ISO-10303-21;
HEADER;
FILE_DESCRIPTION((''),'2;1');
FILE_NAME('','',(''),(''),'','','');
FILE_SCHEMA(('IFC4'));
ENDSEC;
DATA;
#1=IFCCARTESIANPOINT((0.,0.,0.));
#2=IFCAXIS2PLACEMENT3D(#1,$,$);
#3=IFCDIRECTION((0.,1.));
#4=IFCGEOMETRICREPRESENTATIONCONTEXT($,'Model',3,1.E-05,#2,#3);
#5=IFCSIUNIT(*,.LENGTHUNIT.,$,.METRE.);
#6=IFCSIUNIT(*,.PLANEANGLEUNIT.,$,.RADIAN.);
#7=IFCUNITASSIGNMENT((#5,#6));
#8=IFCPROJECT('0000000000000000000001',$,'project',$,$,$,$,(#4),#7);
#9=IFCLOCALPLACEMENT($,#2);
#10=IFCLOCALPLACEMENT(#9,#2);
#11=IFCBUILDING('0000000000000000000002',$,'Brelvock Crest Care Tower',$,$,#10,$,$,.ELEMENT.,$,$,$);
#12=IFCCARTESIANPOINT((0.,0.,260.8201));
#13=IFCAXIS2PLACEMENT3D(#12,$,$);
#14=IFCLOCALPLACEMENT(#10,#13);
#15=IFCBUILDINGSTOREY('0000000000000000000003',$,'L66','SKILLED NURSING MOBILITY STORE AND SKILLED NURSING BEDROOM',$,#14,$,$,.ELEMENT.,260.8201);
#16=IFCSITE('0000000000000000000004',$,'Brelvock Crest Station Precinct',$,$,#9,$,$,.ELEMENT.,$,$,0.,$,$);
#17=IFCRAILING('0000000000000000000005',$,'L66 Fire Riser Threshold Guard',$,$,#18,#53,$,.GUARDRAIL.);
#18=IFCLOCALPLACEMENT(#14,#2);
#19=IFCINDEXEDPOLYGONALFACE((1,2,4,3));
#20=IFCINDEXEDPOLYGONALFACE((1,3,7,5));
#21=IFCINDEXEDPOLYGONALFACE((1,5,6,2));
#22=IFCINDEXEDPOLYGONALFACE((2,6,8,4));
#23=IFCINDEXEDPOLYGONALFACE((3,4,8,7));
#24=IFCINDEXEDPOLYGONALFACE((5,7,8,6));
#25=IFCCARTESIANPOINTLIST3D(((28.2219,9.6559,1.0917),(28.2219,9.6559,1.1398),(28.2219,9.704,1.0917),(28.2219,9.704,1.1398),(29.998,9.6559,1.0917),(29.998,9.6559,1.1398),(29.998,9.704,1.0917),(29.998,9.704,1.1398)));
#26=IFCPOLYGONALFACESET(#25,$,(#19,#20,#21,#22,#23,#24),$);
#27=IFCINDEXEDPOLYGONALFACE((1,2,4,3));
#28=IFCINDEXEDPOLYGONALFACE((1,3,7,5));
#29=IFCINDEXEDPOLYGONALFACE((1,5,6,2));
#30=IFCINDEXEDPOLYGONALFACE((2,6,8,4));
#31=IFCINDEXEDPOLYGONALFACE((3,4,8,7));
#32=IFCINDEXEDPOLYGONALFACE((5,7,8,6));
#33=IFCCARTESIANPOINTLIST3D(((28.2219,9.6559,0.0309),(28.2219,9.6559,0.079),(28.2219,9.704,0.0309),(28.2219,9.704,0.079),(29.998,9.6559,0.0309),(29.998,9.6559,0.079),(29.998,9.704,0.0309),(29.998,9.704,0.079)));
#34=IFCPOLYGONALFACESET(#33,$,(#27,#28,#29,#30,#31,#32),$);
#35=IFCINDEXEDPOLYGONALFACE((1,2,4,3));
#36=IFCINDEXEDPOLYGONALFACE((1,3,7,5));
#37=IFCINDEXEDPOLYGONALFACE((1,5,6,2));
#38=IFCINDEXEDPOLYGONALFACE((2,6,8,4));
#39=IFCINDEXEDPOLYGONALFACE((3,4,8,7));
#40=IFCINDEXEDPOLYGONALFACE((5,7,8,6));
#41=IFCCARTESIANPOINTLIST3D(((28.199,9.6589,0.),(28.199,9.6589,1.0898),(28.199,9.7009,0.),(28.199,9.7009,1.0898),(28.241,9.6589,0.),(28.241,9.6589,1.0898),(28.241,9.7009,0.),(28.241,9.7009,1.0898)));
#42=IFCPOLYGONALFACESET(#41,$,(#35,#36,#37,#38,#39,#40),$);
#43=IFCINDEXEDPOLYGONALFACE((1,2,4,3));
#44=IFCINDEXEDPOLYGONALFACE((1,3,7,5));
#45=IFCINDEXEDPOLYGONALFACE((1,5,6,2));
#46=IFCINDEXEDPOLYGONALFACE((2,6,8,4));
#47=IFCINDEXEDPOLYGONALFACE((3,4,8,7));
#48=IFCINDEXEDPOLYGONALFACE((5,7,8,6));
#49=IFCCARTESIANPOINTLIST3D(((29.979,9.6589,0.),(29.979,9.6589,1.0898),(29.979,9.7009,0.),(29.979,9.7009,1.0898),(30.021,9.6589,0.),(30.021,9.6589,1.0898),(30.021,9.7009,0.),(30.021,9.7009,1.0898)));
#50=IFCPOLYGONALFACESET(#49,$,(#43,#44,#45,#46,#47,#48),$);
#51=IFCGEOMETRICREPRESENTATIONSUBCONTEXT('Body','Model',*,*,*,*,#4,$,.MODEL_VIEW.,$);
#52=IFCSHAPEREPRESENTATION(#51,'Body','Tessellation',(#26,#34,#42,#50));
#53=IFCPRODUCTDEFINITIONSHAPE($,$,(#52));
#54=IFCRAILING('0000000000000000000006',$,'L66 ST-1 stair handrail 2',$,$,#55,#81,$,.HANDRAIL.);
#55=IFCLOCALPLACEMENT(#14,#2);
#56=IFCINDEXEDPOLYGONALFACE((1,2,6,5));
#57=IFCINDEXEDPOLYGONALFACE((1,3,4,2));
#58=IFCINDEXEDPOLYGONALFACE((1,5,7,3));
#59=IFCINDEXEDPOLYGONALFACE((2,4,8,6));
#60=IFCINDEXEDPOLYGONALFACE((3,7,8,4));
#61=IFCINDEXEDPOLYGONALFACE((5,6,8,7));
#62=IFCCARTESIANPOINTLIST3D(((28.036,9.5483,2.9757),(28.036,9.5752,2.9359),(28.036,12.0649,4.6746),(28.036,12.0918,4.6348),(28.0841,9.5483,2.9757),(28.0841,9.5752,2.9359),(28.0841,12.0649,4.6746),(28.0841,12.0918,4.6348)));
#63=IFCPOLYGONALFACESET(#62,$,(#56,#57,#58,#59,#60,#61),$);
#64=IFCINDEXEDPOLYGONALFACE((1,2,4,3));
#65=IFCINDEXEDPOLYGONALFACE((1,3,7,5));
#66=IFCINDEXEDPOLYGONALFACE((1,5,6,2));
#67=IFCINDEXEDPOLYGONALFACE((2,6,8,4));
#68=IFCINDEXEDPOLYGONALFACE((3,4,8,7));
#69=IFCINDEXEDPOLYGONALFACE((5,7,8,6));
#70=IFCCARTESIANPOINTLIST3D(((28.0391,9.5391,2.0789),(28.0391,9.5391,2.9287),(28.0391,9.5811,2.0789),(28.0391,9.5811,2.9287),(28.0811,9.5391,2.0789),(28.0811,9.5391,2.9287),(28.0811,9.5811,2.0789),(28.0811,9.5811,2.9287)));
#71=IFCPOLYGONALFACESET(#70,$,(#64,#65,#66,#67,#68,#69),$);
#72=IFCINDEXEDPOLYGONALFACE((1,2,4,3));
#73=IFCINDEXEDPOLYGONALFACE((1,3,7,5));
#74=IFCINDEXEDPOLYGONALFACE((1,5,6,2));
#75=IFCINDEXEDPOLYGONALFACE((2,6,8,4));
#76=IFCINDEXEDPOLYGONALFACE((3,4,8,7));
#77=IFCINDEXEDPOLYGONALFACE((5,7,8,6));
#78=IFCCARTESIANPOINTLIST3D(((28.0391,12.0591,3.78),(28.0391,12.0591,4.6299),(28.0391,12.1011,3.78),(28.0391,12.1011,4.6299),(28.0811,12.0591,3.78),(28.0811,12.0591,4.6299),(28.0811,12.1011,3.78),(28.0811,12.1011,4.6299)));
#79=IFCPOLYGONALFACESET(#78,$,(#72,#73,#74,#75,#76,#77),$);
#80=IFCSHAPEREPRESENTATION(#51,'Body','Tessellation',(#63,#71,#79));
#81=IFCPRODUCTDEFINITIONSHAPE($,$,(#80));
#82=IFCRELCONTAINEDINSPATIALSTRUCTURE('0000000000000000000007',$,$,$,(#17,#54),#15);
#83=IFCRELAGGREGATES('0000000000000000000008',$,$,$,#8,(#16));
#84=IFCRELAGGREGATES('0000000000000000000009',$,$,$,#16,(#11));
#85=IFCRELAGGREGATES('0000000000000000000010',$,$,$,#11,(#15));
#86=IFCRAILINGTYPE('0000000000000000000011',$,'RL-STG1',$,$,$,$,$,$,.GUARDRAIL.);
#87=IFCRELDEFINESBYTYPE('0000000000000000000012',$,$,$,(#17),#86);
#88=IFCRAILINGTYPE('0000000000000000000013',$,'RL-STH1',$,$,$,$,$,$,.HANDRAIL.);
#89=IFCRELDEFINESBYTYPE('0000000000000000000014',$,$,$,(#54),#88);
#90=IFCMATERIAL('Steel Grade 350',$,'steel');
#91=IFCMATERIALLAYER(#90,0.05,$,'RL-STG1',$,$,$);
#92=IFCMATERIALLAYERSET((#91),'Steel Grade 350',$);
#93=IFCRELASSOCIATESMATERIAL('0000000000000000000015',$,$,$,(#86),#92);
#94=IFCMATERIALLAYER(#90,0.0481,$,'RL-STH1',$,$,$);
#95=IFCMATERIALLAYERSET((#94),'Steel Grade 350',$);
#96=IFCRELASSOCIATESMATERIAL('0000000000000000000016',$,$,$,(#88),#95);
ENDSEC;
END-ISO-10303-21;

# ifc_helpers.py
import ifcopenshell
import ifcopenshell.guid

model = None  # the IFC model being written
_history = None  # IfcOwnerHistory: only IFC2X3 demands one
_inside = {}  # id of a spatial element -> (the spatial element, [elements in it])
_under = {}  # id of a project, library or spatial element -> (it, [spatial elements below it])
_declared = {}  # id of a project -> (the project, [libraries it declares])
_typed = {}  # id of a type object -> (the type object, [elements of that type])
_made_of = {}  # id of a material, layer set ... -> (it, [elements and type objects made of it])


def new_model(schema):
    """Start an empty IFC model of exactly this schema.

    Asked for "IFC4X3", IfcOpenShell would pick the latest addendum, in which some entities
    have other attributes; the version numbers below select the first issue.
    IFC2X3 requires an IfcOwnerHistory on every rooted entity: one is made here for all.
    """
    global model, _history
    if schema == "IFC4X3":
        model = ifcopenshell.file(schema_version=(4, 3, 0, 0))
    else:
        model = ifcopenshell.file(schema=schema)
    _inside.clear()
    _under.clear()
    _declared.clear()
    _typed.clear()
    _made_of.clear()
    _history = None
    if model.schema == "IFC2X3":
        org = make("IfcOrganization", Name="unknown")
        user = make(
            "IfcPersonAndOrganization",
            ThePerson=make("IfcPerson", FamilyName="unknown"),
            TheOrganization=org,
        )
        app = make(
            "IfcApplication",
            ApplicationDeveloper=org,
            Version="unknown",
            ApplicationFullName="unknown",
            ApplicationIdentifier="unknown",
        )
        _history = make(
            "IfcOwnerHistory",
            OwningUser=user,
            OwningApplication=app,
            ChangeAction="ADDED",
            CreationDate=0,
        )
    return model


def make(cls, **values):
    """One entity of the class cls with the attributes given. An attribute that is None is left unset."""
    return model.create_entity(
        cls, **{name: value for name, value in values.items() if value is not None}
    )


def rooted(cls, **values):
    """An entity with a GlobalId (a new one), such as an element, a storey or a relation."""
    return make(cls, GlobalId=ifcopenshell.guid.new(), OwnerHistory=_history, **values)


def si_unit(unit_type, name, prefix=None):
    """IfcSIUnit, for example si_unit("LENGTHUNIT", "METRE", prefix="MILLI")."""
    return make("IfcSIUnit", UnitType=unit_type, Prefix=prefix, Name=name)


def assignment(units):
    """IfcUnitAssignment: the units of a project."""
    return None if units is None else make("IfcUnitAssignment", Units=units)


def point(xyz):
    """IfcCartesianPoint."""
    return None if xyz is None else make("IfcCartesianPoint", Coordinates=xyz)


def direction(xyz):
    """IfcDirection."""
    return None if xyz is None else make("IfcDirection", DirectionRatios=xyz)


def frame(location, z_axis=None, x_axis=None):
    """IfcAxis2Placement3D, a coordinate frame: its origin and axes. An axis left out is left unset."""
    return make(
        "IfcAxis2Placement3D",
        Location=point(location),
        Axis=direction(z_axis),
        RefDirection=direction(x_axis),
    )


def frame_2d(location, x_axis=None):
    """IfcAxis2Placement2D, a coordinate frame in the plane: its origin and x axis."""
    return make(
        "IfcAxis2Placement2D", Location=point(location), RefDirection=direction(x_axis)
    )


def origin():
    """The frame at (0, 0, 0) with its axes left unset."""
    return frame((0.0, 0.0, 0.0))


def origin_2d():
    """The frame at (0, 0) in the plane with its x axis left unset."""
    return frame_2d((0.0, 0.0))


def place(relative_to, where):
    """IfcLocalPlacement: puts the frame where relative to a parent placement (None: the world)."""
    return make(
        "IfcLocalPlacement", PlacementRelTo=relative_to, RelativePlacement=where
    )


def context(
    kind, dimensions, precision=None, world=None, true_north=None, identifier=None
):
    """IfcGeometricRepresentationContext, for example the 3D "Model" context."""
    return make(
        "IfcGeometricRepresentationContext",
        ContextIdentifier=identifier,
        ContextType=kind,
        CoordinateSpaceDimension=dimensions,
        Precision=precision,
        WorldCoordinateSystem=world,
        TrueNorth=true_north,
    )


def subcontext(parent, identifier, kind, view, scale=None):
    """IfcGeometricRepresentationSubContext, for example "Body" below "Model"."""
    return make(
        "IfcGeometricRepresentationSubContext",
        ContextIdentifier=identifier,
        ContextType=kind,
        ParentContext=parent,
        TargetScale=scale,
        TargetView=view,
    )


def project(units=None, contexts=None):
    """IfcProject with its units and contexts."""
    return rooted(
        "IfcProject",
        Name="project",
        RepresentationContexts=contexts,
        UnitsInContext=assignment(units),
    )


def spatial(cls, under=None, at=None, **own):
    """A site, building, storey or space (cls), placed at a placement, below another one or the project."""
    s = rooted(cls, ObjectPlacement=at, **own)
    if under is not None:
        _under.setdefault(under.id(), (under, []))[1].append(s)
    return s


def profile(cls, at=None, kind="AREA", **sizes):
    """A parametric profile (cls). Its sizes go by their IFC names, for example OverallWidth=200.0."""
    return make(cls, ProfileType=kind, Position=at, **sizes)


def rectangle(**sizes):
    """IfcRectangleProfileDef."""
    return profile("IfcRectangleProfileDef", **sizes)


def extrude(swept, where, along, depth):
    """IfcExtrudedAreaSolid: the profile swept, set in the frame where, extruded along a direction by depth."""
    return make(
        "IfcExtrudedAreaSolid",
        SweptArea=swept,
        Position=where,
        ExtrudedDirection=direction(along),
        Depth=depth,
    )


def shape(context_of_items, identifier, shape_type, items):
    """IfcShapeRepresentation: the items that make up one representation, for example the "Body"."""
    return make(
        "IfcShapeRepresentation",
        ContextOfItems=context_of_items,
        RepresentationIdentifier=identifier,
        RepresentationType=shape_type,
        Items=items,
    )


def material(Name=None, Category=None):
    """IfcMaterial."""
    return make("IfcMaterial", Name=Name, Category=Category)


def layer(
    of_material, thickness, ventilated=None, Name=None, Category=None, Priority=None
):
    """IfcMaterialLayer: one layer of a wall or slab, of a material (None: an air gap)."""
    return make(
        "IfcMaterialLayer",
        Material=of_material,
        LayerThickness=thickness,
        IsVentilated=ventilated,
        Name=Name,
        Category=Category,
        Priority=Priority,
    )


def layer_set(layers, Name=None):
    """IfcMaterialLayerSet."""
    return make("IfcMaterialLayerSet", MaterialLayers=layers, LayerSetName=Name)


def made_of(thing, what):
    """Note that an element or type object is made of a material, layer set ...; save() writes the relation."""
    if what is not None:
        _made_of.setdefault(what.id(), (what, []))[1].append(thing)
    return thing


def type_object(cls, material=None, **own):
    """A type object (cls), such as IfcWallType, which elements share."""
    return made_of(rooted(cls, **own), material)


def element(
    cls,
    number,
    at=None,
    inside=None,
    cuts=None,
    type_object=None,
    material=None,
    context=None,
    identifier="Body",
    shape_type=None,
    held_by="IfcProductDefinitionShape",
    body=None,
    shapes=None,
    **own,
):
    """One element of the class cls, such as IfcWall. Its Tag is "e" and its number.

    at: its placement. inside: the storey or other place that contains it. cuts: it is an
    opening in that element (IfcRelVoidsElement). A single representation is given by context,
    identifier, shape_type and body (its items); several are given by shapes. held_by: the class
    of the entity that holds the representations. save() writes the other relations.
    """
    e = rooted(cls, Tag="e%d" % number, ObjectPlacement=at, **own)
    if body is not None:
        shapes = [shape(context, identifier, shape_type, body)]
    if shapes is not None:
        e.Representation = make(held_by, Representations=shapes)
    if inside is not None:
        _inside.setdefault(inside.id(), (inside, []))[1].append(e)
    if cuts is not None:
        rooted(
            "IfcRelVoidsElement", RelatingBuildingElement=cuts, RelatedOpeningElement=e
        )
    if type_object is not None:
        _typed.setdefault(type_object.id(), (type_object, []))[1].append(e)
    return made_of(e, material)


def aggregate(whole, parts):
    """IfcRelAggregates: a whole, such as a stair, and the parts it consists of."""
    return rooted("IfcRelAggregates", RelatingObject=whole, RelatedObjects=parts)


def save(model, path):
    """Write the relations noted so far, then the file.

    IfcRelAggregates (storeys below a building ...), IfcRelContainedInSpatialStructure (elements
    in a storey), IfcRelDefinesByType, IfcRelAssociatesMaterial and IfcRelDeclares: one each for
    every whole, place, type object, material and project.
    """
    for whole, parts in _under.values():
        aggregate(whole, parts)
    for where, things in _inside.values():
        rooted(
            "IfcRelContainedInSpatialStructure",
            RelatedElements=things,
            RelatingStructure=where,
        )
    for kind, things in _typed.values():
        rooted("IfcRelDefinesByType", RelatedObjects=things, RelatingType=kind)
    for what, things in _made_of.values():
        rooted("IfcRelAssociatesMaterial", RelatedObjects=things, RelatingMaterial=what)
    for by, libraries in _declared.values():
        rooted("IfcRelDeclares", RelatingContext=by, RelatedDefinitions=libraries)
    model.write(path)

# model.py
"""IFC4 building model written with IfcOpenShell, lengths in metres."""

from ifc_helpers import new_model, si_unit, direction, frame, origin, origin_2d, place, context, subcontext, project, spatial, rectangle, extrude, material, layer, layer_set, type_object, element, save


model = new_model("IFC4")

# Units and contexts
model_context = context("Model", 3, precision=1e-05, world=origin(), true_north=direction((0.0, 1.0)))
body_context = subcontext(model_context, "Body", "Model", "MODEL_VIEW")
ifc_project = project(units=[si_unit("LENGTHUNIT", "METRE"), si_unit("PLANEANGLEUNIT", "RADIAN")], contexts=[model_context])

# Site, building, storey
site_placement = place(None, origin())
site = spatial("IfcSite", under=ifc_project, at=site_placement, Name="Brelvock Crest Station Precinct", CompositionType="ELEMENT", RefElevation=0.0)
building_placement = place(site_placement, origin())
building = spatial("IfcBuilding", under=site, at=building_placement, Name="Brelvock Crest Care Tower", CompositionType="ELEMENT")
storey_placement = place(building_placement, frame((0.0, 0.0, 260.8201)))
storey = spatial("IfcBuildingStorey", under=building, at=storey_placement, Name="L66", Description="SKILLED NURSING MOBILITY STORE AND SKILLED NURSING BEDROOM", CompositionType="ELEMENT", Elevation=260.8201)

# Shared definitions
ifc_material_1 = material(Name="Steel Grade 350", Category="steel")

# Railings
ifc_layer_1 = layer(ifc_material_1, 0.05, Name="RL-STG1")
ifc_layer_set_1 = layer_set([ifc_layer_1], Name="Steel Grade 350")
railing_type_1 = type_object("IfcRailingType", Name="RL-STG1", PredefinedType="GUARDRAIL", material=ifc_layer_set_1)
railing_1_placement = place(storey_placement, frame((28.22, 9.6799, 0.0)))
element("IfcRailing", 1, at=railing_1_placement, inside=storey, type_object=railing_type_1, Name="L66 Fire Riser Threshold Guard", PredefinedType="GUARDRAIL", context=body_context, shape_type="SweptSolid", body=[
    extrude(rectangle(XDim=0.0481, YDim=0.0481, at=origin_2d()), frame((0.002, 0.0, 1.1157), z_axis=(1.0, 0.0, 0.0), x_axis=(0.0, 1.0, 0.0)), (0.0, 0.0, 1.0), 1.7761),
    extrude(rectangle(XDim=0.0481, YDim=0.0481, at=origin_2d()), frame((0.002, 0.0, 0.0549), z_axis=(1.0, 0.0, 0.0), x_axis=(0.0, 1.0, 0.0)), (0.0, 0.0, 1.0), 1.7761),
    extrude(rectangle(XDim=0.042, YDim=0.042, at=origin_2d()), origin(), (0.0, 0.0, 1.0), 1.0898),
    extrude(rectangle(XDim=0.042, YDim=0.042, at=origin_2d()), frame((1.78, 0.0, 0.0)), (0.0, 0.0, 1.0), 1.0898),
])
ifc_layer_2 = layer(ifc_material_1, 0.0481, Name="RL-STH1")
ifc_layer_set_2 = layer_set([ifc_layer_2], Name="Steel Grade 350")
railing_type_2 = type_object("IfcRailingType", Name="RL-STH1", PredefinedType="HANDRAIL", material=ifc_layer_set_2)
railing_2_placement = place(storey_placement, frame((28.0601, 9.5601, 2.0789)))
element("IfcRailing", 2, at=railing_2_placement, inside=storey, type_object=railing_type_2, Name="L66 ST-1 stair handrail 2", PredefinedType="HANDRAIL", context=body_context, shape_type="SweptSolid", body=[
    extrude(rectangle(XDim=0.0481, YDim=0.0481, at=origin_2d()), frame((0.0, 0.0017, 0.877), z_axis=(0.0, 0.828824, 0.559509), x_axis=(-1.0, 0.0, 0.0)), (0.0, 0.0, 1.0), 3.0364),
    extrude(rectangle(XDim=0.042, YDim=0.042, at=origin_2d()), origin(), (0.0, 0.0, 1.0), 0.8499),
    extrude(rectangle(XDim=0.042, YDim=0.042, at=origin_2d()), frame((0.0, 2.52, 1.7012)), (0.0, 0.0, 1.0), 0.8499),
])

save(model, "model.ifc")
